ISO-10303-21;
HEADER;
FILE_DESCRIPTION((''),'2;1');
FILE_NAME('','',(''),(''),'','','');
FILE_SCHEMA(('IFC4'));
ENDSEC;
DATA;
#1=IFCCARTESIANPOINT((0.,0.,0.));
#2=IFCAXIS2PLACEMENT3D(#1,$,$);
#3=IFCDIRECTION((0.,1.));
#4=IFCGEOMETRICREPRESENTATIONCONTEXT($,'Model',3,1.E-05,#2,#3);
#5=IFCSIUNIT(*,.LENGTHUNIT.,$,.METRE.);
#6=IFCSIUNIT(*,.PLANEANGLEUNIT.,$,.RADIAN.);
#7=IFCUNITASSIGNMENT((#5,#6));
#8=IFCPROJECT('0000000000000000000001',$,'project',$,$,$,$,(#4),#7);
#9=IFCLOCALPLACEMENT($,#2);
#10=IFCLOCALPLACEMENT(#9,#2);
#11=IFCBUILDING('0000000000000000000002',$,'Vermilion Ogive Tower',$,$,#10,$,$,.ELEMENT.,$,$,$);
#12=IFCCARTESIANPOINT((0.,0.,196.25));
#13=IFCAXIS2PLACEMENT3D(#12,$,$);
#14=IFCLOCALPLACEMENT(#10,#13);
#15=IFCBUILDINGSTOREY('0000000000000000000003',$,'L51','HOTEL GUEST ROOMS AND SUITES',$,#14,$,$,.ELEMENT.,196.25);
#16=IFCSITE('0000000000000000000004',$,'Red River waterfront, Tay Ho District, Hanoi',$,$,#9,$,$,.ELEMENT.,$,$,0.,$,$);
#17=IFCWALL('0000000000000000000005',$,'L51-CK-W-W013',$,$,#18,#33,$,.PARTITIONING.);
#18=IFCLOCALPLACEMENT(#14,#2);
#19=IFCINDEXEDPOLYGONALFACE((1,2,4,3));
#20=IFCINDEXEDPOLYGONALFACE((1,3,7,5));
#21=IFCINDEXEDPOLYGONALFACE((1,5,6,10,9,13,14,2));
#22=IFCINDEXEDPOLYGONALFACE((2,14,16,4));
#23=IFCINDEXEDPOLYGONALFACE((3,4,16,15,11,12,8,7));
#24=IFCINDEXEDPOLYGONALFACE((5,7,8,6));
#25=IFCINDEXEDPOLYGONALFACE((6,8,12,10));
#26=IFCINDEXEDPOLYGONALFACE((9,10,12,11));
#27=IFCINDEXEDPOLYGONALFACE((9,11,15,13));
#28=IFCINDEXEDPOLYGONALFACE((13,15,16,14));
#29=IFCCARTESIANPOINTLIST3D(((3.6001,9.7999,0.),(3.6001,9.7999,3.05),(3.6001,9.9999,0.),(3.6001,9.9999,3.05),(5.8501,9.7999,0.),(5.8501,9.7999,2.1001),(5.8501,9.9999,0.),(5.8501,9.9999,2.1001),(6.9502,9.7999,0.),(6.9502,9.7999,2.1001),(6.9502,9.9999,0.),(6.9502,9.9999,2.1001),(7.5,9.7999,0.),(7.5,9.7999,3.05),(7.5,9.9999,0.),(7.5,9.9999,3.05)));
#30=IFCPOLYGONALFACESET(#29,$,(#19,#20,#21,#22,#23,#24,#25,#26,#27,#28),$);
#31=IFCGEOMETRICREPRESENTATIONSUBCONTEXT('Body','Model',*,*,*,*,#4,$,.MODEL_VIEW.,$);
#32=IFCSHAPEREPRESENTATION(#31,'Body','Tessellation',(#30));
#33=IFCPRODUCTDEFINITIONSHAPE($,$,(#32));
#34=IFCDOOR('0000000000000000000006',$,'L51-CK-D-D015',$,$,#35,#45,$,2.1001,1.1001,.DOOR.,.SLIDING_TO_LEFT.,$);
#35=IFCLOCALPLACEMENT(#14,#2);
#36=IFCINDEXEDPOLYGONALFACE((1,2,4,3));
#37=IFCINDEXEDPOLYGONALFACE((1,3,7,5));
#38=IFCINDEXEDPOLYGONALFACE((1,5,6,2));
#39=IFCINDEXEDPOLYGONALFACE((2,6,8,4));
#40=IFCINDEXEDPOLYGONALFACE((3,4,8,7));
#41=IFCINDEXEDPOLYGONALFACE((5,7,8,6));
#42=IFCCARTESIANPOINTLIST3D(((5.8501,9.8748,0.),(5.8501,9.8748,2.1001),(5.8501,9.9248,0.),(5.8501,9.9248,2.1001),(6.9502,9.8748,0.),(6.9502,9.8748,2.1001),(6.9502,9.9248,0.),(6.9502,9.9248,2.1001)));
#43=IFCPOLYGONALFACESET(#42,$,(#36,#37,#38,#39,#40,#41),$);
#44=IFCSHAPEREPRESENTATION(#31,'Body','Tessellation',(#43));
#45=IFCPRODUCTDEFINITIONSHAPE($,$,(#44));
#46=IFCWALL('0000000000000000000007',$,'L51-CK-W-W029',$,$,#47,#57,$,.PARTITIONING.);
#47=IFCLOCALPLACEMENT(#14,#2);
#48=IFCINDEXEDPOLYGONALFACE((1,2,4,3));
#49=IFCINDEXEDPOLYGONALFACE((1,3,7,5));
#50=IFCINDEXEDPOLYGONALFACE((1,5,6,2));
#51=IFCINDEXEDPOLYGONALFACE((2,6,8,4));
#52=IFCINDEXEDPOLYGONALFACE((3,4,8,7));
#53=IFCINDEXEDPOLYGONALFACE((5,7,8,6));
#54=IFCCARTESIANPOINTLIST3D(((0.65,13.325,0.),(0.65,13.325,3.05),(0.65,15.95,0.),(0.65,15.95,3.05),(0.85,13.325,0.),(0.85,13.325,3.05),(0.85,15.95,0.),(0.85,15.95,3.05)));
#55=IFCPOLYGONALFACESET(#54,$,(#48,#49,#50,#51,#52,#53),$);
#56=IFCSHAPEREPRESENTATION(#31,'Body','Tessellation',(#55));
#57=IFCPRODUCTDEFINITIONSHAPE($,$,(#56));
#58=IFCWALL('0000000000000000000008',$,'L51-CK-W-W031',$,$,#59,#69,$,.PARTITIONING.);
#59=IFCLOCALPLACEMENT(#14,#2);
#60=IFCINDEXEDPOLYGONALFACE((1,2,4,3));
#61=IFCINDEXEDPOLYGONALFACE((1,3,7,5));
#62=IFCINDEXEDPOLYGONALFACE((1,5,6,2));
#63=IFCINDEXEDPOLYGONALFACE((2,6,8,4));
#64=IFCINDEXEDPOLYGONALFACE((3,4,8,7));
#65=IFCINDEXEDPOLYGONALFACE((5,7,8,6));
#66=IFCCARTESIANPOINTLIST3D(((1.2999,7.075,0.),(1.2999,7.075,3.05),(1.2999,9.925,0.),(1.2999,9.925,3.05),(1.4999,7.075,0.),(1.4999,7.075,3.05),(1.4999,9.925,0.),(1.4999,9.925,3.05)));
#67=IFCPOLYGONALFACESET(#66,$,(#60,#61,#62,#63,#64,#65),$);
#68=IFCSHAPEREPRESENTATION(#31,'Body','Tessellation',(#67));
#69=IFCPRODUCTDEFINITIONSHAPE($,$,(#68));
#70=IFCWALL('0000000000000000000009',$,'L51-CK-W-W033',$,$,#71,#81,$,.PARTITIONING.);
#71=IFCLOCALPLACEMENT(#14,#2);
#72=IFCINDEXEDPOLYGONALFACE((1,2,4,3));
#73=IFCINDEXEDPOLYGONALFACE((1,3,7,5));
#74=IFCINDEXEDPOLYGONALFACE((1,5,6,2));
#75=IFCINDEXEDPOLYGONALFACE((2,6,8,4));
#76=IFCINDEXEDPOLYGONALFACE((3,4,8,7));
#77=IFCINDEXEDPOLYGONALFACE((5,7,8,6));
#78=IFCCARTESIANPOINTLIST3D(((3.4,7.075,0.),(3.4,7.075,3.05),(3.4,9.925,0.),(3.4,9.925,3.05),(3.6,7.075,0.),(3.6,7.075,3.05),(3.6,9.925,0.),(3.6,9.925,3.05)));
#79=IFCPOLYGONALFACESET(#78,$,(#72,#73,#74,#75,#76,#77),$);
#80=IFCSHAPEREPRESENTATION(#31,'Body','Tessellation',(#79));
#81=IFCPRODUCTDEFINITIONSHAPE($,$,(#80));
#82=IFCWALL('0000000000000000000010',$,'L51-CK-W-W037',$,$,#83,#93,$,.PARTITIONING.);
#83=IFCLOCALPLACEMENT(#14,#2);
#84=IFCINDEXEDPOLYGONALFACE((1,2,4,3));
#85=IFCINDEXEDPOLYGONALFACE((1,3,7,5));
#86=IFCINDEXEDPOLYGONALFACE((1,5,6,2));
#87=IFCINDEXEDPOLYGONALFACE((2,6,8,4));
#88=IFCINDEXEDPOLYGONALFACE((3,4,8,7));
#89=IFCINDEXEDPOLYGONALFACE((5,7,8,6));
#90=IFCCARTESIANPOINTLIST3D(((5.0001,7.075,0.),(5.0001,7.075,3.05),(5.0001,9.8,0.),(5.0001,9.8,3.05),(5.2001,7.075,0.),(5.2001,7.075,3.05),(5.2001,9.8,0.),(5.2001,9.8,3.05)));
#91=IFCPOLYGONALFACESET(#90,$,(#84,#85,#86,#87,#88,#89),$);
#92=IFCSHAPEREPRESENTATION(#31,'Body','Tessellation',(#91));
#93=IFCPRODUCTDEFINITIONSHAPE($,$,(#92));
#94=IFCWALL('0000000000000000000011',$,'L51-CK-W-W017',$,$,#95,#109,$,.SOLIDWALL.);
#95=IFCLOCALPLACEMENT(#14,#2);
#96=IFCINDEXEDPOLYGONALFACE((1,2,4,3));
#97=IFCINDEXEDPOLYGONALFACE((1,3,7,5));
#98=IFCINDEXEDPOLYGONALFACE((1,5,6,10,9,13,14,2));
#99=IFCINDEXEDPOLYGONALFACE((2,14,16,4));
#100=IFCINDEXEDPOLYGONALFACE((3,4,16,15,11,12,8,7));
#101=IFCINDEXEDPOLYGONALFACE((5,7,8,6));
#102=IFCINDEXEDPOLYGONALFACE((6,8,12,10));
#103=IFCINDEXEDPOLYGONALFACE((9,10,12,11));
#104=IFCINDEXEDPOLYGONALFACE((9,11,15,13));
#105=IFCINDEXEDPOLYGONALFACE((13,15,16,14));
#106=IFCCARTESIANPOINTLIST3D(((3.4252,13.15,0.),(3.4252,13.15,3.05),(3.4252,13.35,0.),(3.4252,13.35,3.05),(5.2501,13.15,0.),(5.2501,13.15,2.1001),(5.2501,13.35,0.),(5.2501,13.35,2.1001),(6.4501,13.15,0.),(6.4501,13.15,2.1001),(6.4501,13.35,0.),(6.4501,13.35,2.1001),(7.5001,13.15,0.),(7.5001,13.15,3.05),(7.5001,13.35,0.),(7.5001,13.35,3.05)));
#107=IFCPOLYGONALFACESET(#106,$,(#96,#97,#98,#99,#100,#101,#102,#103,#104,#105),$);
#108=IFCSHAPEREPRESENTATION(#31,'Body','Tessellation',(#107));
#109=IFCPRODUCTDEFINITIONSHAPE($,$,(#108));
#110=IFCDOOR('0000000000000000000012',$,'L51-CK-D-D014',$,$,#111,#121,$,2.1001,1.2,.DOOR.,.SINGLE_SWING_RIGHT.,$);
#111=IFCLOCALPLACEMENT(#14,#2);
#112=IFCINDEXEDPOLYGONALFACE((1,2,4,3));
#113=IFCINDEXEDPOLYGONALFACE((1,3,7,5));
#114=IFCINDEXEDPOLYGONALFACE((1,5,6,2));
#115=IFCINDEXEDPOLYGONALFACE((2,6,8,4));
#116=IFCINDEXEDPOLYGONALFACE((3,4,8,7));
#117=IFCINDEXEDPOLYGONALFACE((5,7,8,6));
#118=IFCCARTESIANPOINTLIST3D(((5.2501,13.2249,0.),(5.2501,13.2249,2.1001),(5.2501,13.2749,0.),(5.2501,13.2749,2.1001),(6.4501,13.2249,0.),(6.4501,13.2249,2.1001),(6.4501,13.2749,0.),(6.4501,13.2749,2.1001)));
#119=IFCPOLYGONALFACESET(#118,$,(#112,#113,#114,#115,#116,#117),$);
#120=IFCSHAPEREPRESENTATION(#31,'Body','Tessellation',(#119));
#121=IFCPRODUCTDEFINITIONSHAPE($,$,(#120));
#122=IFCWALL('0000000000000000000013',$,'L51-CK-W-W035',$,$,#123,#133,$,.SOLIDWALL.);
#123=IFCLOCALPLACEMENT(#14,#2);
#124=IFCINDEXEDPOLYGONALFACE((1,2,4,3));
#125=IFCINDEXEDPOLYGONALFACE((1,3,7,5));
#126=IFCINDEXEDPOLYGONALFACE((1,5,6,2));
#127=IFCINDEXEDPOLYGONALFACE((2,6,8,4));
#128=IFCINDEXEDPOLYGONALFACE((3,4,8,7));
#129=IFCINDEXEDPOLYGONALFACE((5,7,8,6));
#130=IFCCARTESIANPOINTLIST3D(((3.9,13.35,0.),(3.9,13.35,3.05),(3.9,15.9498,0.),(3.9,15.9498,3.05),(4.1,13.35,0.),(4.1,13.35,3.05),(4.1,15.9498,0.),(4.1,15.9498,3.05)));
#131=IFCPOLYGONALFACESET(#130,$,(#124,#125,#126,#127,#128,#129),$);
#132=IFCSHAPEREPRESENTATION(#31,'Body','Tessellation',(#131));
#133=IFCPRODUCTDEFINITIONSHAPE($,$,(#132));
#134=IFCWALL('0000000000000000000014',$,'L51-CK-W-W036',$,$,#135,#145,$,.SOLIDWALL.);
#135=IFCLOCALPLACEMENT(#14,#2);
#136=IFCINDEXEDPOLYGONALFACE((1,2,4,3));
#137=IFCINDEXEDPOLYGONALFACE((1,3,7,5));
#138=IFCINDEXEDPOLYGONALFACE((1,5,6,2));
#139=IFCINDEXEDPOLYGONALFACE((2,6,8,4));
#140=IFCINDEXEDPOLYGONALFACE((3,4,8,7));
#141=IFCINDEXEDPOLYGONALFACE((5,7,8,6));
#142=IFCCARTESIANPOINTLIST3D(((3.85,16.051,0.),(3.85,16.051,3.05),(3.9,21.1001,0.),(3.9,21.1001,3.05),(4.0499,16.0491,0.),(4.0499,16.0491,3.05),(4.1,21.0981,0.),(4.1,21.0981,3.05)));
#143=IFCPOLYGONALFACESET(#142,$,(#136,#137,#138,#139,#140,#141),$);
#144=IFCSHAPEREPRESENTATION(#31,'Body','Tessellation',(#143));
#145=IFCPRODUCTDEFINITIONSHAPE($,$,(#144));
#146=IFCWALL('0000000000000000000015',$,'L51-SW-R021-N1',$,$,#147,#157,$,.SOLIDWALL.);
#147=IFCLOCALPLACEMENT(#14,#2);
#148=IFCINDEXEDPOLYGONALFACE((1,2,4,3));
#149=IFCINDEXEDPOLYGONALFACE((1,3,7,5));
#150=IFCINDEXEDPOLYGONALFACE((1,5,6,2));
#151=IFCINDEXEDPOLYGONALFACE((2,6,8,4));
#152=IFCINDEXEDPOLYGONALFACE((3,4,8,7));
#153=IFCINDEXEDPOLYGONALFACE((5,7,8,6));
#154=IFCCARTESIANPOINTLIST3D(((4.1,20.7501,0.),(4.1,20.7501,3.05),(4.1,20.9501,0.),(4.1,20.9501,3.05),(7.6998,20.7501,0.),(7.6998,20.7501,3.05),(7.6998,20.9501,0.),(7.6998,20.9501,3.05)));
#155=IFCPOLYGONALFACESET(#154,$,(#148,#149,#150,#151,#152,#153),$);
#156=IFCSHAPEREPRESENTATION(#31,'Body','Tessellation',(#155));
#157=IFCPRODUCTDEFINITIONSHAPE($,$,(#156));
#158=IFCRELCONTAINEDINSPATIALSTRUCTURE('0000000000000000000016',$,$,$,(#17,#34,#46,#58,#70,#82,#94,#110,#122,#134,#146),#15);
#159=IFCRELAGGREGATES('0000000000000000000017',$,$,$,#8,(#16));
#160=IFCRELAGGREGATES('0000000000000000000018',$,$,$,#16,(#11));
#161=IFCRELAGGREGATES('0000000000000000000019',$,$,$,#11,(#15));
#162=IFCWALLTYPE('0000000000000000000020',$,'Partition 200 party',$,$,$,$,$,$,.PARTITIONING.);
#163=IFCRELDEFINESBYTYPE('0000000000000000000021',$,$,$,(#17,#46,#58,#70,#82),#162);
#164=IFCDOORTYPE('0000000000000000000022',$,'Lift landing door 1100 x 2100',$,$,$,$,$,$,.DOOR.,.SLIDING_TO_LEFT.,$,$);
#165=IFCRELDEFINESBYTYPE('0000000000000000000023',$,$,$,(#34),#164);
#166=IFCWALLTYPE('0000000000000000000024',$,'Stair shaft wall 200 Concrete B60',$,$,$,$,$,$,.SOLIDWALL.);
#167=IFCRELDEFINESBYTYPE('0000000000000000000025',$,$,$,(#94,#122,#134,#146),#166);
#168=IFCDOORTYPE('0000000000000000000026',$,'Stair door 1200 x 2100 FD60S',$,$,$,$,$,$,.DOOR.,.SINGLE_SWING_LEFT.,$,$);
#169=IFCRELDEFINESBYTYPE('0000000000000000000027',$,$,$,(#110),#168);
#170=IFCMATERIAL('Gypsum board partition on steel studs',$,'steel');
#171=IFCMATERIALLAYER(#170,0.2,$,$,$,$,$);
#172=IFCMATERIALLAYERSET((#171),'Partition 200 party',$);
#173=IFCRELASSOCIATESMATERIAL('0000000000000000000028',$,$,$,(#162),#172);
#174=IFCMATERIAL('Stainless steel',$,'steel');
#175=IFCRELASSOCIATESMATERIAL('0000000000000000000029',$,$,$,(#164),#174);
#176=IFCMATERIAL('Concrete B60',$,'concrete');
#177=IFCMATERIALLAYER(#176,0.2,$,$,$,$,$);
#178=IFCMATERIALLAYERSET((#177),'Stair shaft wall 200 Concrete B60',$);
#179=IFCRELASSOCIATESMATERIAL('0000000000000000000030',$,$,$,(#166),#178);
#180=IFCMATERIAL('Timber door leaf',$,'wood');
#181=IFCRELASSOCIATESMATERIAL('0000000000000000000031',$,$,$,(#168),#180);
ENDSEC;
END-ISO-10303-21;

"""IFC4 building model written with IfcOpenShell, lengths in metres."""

from ifc_helpers import new_model, si_unit, direction, frame, frame_2d, origin, place, context, subcontext, project, spatial, rectangle, extrude, material, layer, layer_set, type_object, element, fill, save


model = new_model("IFC4")

# Units and contexts
model_context = context("Model", 3, precision=1e-05, world=origin(), true_north=direction((0.0, 1.0)))
body_context = subcontext(model_context, "Body", "Model", "MODEL_VIEW")
ifc_project = project(units=[si_unit("LENGTHUNIT", "METRE"), si_unit("PLANEANGLEUNIT", "RADIAN")], contexts=[model_context])

# Site, building, storey
site_placement = place(None, origin())
site = spatial("IfcSite", under=ifc_project, at=site_placement, Name="Red River waterfront, Tay Ho District, Hanoi", CompositionType="ELEMENT", RefElevation=0.0)
building_placement = place(site_placement, origin())
building = spatial("IfcBuilding", under=site, at=building_placement, Name="Vermilion Ogive Tower", CompositionType="ELEMENT")
storey_placement = place(building_placement, frame((0.0, 0.0, 196.25)))
storey = spatial("IfcBuildingStorey", under=building, at=storey_placement, Name="L51", Description="HOTEL GUEST ROOMS AND SUITES", CompositionType="ELEMENT", Elevation=196.25)

# Wall, opening, door
ifc_material_1 = material(Name="Gypsum board partition on steel studs", Category="steel")
ifc_layer_1 = layer(ifc_material_1, 0.2)
ifc_layer_set_1 = layer_set([ifc_layer_1], Name="Partition 200 party")
wall_type_1 = type_object("IfcWallType", Name="Partition 200 party", PredefinedType="PARTITIONING", material=ifc_layer_set_1)
wall_1_placement = place(storey_placement, frame((3.6001, 9.8999, 0.0), z_axis=(0.0, 0.0, 1.0), x_axis=(1.0, 0.0, 0.0)))
wall_1 = element("IfcWall", 1, at=wall_1_placement, inside=storey, type_object=wall_type_1, Name="L51-CK-W-W013", PredefinedType="PARTITIONING", context=body_context, shape_type="SweptSolid", body=[
    extrude(rectangle(XDim=3.8999, YDim=0.2, at=frame_2d((1.95, 0.0))), origin(), (0.0, 0.0, 1.0), 3.05),
])
opening_1_placement = place(wall_1_placement, frame((2.25, 0.0, 0.0)))
opening_1 = element("IfcOpeningElement", 2, at=opening_1_placement, cuts=wall_1, PredefinedType="OPENING", context=body_context, shape_type="SweptSolid", body=[
    extrude(rectangle(XDim=1.1001, YDim=2.1001, at=frame_2d((0.55, 1.05))), frame((0.0, 0.1099, 0.0), z_axis=(0.0, -1.0, 0.0), x_axis=(1.0, 0.0, 0.0)), (0.0, 0.0, 1.0), 0.22),
])
ifc_material_2 = material(Name="Stainless steel", Category="steel")
door_type_1 = type_object("IfcDoorType", Name="Lift landing door 1100 x 2100", OperationType="SLIDING_TO_LEFT", PredefinedType="DOOR", material=ifc_material_2)
door_1_placement = place(opening_1_placement, origin())
door_1 = element("IfcDoor", 3, at=door_1_placement, inside=storey, type_object=door_type_1, Name="L51-CK-D-D015", OperationType="SLIDING_TO_LEFT", OverallHeight=2.1001, OverallWidth=1.1001, PredefinedType="DOOR", context=body_context, shape_type="SweptSolid", body=[
    extrude(rectangle(XDim=1.1001, YDim=2.1001, at=frame_2d((0.55, 1.05))), frame((0.0, 0.0249, 0.0), z_axis=(0.0, -1.0, 0.0), x_axis=(1.0, 0.0, 0.0)), (0.0, 0.0, 1.0), 0.05),
])
fill(opening_1, door_1)

# Walls
wall_2_placement = place(storey_placement, frame((0.75, 13.325, 0.0), z_axis=(0.0, 0.0, 1.0), x_axis=(0.0, 1.0, 0.0)))
element("IfcWall", 4, at=wall_2_placement, inside=storey, type_object=wall_type_1, Name="L51-CK-W-W029", PredefinedType="PARTITIONING", context=body_context, shape_type="SweptSolid", body=[
    extrude(rectangle(XDim=2.625, YDim=0.2, at=frame_2d((1.3125, 0.0))), origin(), (0.0, 0.0, 1.0), 3.05),
])
for number, where, z_axis, x_axis, name in (
    (5, (1.3999, 7.075, 0.0), (0.0, 0.0, 1.0), (0.0, 1.0, 0.0), "L51-CK-W-W031"),
    (6, (3.5, 7.075, 0.0), (0.0, 0.0, 1.0), (0.0, 1.0, 0.0), "L51-CK-W-W033"),
):
    element("IfcWall", number, at=place(storey_placement, frame(where, z_axis=z_axis, x_axis=x_axis)), inside=storey, type_object=wall_type_1, Name=name, PredefinedType="PARTITIONING", context=body_context, shape_type="SweptSolid", body=[
        extrude(rectangle(XDim=2.8501, YDim=0.2, at=frame_2d((1.425, 0.0))), origin(), (0.0, 0.0, 1.0), 3.05),
    ])
wall_3_placement = place(storey_placement, frame((5.1001, 7.075, 0.0), z_axis=(0.0, 0.0, 1.0), x_axis=(0.0, 1.0, 0.0)))
element("IfcWall", 7, at=wall_3_placement, inside=storey, type_object=wall_type_1, Name="L51-CK-W-W037", PredefinedType="PARTITIONING", context=body_context, shape_type="SweptSolid", body=[
    extrude(rectangle(XDim=2.7251, YDim=0.2, at=frame_2d((1.3625, 0.0))), origin(), (0.0, 0.0, 1.0), 3.05),
])

# Wall, opening, door
ifc_material_3 = material(Name="Concrete B60", Category="concrete")
ifc_layer_2 = layer(ifc_material_3, 0.2)
ifc_layer_set_2 = layer_set([ifc_layer_2], Name="Stair shaft wall 200 Concrete B60")
wall_type_2 = type_object("IfcWallType", Name="Stair shaft wall 200 Concrete B60", PredefinedType="SOLIDWALL", material=ifc_layer_set_2)
wall_4_placement = place(storey_placement, frame((3.425, 13.25, 0.0), z_axis=(0.0, 0.0, 1.0), x_axis=(1.0, 0.0, 0.0)))
wall_4 = element("IfcWall", 8, at=wall_4_placement, inside=storey, type_object=wall_type_2, Name="L51-CK-W-W017", PredefinedType="SOLIDWALL", context=body_context, shape_type="SweptSolid", body=[
    extrude(rectangle(XDim=4.075, YDim=0.2, at=frame_2d((2.0376, 0.0))), origin(), (0.0, 0.0, 1.0), 3.05),
])
opening_2_placement = place(wall_4_placement, frame((1.825, 0.0, 0.0)))
opening_2 = element("IfcOpeningElement", 9, at=opening_2_placement, cuts=wall_4, PredefinedType="OPENING", context=body_context, shape_type="SweptSolid", body=[
    extrude(rectangle(XDim=1.2, YDim=2.1001, at=frame_2d((0.6001, 1.05))), frame((0.0, 0.1099, 0.0), z_axis=(0.0, -1.0, 0.0), x_axis=(1.0, 0.0, 0.0)), (0.0, 0.0, 1.0), 0.22),
])
ifc_material_4 = material(Name="Timber door leaf", Category="wood")
door_type_2 = type_object("IfcDoorType", Name="Stair door 1200 x 2100 FD60S", OperationType="SINGLE_SWING_LEFT", PredefinedType="DOOR", material=ifc_material_4)
door_2_placement = place(opening_2_placement, origin())
door_2 = element("IfcDoor", 10, at=door_2_placement, inside=storey, type_object=door_type_2, Name="L51-CK-D-D014", OperationType="SINGLE_SWING_RIGHT", OverallHeight=2.1001, OverallWidth=1.2, PredefinedType="DOOR", context=body_context, shape_type="SweptSolid", body=[
    extrude(rectangle(XDim=1.2, YDim=2.1001, at=frame_2d((0.6001, 1.05))), frame((0.0, 0.0249, 0.0), z_axis=(0.0, -1.0, 0.0), x_axis=(1.0, 0.0, 0.0)), (0.0, 0.0, 1.0), 0.05),
])
fill(opening_2, door_2)

# Walls
wall_5_placement = place(storey_placement, frame((4.0, 13.3501, 0.0), z_axis=(0.0, 0.0, 1.0), x_axis=(0.0, 1.0, 0.0)))
element("IfcWall", 11, at=wall_5_placement, inside=storey, type_object=wall_type_2, Name="L51-CK-W-W035", PredefinedType="SOLIDWALL", context=body_context, shape_type="SweptSolid", body=[
    extrude(rectangle(XDim=2.5999, YDim=0.2, at=frame_2d((1.2998, 0.0))), origin(), (0.0, 0.0, 1.0), 3.05),
])
wall_6_placement = place(storey_placement, frame((3.95, 16.05, 0.0), z_axis=(0.0, 0.0, 1.0), x_axis=(0.009912, 0.999951, 0.0)))
element("IfcWall", 12, at=wall_6_placement, inside=storey, type_object=wall_type_2, Name="L51-CK-W-W036", PredefinedType="SOLIDWALL", context=body_context, shape_type="SweptSolid", body=[
    extrude(rectangle(XDim=5.0493, YDim=0.2, at=frame_2d((2.5247, 0.0))), origin(), (0.0, 0.0, 1.0), 3.05),
])
wall_7_placement = place(storey_placement, frame((4.1001, 20.8501, 0.0), z_axis=(0.0, 0.0, 1.0), x_axis=(1.0, 0.0, 0.0)))
element("IfcWall", 13, at=wall_7_placement, inside=storey, type_object=wall_type_2, Name="L51-SW-R021-N1", PredefinedType="SOLIDWALL", context=body_context, shape_type="SweptSolid", body=[
    extrude(rectangle(XDim=3.5999, YDim=0.2, at=frame_2d((1.7998, 0.0))), origin(), (0.0, 0.0, 1.0), 3.05),
])

save(model, "model.ifc")
